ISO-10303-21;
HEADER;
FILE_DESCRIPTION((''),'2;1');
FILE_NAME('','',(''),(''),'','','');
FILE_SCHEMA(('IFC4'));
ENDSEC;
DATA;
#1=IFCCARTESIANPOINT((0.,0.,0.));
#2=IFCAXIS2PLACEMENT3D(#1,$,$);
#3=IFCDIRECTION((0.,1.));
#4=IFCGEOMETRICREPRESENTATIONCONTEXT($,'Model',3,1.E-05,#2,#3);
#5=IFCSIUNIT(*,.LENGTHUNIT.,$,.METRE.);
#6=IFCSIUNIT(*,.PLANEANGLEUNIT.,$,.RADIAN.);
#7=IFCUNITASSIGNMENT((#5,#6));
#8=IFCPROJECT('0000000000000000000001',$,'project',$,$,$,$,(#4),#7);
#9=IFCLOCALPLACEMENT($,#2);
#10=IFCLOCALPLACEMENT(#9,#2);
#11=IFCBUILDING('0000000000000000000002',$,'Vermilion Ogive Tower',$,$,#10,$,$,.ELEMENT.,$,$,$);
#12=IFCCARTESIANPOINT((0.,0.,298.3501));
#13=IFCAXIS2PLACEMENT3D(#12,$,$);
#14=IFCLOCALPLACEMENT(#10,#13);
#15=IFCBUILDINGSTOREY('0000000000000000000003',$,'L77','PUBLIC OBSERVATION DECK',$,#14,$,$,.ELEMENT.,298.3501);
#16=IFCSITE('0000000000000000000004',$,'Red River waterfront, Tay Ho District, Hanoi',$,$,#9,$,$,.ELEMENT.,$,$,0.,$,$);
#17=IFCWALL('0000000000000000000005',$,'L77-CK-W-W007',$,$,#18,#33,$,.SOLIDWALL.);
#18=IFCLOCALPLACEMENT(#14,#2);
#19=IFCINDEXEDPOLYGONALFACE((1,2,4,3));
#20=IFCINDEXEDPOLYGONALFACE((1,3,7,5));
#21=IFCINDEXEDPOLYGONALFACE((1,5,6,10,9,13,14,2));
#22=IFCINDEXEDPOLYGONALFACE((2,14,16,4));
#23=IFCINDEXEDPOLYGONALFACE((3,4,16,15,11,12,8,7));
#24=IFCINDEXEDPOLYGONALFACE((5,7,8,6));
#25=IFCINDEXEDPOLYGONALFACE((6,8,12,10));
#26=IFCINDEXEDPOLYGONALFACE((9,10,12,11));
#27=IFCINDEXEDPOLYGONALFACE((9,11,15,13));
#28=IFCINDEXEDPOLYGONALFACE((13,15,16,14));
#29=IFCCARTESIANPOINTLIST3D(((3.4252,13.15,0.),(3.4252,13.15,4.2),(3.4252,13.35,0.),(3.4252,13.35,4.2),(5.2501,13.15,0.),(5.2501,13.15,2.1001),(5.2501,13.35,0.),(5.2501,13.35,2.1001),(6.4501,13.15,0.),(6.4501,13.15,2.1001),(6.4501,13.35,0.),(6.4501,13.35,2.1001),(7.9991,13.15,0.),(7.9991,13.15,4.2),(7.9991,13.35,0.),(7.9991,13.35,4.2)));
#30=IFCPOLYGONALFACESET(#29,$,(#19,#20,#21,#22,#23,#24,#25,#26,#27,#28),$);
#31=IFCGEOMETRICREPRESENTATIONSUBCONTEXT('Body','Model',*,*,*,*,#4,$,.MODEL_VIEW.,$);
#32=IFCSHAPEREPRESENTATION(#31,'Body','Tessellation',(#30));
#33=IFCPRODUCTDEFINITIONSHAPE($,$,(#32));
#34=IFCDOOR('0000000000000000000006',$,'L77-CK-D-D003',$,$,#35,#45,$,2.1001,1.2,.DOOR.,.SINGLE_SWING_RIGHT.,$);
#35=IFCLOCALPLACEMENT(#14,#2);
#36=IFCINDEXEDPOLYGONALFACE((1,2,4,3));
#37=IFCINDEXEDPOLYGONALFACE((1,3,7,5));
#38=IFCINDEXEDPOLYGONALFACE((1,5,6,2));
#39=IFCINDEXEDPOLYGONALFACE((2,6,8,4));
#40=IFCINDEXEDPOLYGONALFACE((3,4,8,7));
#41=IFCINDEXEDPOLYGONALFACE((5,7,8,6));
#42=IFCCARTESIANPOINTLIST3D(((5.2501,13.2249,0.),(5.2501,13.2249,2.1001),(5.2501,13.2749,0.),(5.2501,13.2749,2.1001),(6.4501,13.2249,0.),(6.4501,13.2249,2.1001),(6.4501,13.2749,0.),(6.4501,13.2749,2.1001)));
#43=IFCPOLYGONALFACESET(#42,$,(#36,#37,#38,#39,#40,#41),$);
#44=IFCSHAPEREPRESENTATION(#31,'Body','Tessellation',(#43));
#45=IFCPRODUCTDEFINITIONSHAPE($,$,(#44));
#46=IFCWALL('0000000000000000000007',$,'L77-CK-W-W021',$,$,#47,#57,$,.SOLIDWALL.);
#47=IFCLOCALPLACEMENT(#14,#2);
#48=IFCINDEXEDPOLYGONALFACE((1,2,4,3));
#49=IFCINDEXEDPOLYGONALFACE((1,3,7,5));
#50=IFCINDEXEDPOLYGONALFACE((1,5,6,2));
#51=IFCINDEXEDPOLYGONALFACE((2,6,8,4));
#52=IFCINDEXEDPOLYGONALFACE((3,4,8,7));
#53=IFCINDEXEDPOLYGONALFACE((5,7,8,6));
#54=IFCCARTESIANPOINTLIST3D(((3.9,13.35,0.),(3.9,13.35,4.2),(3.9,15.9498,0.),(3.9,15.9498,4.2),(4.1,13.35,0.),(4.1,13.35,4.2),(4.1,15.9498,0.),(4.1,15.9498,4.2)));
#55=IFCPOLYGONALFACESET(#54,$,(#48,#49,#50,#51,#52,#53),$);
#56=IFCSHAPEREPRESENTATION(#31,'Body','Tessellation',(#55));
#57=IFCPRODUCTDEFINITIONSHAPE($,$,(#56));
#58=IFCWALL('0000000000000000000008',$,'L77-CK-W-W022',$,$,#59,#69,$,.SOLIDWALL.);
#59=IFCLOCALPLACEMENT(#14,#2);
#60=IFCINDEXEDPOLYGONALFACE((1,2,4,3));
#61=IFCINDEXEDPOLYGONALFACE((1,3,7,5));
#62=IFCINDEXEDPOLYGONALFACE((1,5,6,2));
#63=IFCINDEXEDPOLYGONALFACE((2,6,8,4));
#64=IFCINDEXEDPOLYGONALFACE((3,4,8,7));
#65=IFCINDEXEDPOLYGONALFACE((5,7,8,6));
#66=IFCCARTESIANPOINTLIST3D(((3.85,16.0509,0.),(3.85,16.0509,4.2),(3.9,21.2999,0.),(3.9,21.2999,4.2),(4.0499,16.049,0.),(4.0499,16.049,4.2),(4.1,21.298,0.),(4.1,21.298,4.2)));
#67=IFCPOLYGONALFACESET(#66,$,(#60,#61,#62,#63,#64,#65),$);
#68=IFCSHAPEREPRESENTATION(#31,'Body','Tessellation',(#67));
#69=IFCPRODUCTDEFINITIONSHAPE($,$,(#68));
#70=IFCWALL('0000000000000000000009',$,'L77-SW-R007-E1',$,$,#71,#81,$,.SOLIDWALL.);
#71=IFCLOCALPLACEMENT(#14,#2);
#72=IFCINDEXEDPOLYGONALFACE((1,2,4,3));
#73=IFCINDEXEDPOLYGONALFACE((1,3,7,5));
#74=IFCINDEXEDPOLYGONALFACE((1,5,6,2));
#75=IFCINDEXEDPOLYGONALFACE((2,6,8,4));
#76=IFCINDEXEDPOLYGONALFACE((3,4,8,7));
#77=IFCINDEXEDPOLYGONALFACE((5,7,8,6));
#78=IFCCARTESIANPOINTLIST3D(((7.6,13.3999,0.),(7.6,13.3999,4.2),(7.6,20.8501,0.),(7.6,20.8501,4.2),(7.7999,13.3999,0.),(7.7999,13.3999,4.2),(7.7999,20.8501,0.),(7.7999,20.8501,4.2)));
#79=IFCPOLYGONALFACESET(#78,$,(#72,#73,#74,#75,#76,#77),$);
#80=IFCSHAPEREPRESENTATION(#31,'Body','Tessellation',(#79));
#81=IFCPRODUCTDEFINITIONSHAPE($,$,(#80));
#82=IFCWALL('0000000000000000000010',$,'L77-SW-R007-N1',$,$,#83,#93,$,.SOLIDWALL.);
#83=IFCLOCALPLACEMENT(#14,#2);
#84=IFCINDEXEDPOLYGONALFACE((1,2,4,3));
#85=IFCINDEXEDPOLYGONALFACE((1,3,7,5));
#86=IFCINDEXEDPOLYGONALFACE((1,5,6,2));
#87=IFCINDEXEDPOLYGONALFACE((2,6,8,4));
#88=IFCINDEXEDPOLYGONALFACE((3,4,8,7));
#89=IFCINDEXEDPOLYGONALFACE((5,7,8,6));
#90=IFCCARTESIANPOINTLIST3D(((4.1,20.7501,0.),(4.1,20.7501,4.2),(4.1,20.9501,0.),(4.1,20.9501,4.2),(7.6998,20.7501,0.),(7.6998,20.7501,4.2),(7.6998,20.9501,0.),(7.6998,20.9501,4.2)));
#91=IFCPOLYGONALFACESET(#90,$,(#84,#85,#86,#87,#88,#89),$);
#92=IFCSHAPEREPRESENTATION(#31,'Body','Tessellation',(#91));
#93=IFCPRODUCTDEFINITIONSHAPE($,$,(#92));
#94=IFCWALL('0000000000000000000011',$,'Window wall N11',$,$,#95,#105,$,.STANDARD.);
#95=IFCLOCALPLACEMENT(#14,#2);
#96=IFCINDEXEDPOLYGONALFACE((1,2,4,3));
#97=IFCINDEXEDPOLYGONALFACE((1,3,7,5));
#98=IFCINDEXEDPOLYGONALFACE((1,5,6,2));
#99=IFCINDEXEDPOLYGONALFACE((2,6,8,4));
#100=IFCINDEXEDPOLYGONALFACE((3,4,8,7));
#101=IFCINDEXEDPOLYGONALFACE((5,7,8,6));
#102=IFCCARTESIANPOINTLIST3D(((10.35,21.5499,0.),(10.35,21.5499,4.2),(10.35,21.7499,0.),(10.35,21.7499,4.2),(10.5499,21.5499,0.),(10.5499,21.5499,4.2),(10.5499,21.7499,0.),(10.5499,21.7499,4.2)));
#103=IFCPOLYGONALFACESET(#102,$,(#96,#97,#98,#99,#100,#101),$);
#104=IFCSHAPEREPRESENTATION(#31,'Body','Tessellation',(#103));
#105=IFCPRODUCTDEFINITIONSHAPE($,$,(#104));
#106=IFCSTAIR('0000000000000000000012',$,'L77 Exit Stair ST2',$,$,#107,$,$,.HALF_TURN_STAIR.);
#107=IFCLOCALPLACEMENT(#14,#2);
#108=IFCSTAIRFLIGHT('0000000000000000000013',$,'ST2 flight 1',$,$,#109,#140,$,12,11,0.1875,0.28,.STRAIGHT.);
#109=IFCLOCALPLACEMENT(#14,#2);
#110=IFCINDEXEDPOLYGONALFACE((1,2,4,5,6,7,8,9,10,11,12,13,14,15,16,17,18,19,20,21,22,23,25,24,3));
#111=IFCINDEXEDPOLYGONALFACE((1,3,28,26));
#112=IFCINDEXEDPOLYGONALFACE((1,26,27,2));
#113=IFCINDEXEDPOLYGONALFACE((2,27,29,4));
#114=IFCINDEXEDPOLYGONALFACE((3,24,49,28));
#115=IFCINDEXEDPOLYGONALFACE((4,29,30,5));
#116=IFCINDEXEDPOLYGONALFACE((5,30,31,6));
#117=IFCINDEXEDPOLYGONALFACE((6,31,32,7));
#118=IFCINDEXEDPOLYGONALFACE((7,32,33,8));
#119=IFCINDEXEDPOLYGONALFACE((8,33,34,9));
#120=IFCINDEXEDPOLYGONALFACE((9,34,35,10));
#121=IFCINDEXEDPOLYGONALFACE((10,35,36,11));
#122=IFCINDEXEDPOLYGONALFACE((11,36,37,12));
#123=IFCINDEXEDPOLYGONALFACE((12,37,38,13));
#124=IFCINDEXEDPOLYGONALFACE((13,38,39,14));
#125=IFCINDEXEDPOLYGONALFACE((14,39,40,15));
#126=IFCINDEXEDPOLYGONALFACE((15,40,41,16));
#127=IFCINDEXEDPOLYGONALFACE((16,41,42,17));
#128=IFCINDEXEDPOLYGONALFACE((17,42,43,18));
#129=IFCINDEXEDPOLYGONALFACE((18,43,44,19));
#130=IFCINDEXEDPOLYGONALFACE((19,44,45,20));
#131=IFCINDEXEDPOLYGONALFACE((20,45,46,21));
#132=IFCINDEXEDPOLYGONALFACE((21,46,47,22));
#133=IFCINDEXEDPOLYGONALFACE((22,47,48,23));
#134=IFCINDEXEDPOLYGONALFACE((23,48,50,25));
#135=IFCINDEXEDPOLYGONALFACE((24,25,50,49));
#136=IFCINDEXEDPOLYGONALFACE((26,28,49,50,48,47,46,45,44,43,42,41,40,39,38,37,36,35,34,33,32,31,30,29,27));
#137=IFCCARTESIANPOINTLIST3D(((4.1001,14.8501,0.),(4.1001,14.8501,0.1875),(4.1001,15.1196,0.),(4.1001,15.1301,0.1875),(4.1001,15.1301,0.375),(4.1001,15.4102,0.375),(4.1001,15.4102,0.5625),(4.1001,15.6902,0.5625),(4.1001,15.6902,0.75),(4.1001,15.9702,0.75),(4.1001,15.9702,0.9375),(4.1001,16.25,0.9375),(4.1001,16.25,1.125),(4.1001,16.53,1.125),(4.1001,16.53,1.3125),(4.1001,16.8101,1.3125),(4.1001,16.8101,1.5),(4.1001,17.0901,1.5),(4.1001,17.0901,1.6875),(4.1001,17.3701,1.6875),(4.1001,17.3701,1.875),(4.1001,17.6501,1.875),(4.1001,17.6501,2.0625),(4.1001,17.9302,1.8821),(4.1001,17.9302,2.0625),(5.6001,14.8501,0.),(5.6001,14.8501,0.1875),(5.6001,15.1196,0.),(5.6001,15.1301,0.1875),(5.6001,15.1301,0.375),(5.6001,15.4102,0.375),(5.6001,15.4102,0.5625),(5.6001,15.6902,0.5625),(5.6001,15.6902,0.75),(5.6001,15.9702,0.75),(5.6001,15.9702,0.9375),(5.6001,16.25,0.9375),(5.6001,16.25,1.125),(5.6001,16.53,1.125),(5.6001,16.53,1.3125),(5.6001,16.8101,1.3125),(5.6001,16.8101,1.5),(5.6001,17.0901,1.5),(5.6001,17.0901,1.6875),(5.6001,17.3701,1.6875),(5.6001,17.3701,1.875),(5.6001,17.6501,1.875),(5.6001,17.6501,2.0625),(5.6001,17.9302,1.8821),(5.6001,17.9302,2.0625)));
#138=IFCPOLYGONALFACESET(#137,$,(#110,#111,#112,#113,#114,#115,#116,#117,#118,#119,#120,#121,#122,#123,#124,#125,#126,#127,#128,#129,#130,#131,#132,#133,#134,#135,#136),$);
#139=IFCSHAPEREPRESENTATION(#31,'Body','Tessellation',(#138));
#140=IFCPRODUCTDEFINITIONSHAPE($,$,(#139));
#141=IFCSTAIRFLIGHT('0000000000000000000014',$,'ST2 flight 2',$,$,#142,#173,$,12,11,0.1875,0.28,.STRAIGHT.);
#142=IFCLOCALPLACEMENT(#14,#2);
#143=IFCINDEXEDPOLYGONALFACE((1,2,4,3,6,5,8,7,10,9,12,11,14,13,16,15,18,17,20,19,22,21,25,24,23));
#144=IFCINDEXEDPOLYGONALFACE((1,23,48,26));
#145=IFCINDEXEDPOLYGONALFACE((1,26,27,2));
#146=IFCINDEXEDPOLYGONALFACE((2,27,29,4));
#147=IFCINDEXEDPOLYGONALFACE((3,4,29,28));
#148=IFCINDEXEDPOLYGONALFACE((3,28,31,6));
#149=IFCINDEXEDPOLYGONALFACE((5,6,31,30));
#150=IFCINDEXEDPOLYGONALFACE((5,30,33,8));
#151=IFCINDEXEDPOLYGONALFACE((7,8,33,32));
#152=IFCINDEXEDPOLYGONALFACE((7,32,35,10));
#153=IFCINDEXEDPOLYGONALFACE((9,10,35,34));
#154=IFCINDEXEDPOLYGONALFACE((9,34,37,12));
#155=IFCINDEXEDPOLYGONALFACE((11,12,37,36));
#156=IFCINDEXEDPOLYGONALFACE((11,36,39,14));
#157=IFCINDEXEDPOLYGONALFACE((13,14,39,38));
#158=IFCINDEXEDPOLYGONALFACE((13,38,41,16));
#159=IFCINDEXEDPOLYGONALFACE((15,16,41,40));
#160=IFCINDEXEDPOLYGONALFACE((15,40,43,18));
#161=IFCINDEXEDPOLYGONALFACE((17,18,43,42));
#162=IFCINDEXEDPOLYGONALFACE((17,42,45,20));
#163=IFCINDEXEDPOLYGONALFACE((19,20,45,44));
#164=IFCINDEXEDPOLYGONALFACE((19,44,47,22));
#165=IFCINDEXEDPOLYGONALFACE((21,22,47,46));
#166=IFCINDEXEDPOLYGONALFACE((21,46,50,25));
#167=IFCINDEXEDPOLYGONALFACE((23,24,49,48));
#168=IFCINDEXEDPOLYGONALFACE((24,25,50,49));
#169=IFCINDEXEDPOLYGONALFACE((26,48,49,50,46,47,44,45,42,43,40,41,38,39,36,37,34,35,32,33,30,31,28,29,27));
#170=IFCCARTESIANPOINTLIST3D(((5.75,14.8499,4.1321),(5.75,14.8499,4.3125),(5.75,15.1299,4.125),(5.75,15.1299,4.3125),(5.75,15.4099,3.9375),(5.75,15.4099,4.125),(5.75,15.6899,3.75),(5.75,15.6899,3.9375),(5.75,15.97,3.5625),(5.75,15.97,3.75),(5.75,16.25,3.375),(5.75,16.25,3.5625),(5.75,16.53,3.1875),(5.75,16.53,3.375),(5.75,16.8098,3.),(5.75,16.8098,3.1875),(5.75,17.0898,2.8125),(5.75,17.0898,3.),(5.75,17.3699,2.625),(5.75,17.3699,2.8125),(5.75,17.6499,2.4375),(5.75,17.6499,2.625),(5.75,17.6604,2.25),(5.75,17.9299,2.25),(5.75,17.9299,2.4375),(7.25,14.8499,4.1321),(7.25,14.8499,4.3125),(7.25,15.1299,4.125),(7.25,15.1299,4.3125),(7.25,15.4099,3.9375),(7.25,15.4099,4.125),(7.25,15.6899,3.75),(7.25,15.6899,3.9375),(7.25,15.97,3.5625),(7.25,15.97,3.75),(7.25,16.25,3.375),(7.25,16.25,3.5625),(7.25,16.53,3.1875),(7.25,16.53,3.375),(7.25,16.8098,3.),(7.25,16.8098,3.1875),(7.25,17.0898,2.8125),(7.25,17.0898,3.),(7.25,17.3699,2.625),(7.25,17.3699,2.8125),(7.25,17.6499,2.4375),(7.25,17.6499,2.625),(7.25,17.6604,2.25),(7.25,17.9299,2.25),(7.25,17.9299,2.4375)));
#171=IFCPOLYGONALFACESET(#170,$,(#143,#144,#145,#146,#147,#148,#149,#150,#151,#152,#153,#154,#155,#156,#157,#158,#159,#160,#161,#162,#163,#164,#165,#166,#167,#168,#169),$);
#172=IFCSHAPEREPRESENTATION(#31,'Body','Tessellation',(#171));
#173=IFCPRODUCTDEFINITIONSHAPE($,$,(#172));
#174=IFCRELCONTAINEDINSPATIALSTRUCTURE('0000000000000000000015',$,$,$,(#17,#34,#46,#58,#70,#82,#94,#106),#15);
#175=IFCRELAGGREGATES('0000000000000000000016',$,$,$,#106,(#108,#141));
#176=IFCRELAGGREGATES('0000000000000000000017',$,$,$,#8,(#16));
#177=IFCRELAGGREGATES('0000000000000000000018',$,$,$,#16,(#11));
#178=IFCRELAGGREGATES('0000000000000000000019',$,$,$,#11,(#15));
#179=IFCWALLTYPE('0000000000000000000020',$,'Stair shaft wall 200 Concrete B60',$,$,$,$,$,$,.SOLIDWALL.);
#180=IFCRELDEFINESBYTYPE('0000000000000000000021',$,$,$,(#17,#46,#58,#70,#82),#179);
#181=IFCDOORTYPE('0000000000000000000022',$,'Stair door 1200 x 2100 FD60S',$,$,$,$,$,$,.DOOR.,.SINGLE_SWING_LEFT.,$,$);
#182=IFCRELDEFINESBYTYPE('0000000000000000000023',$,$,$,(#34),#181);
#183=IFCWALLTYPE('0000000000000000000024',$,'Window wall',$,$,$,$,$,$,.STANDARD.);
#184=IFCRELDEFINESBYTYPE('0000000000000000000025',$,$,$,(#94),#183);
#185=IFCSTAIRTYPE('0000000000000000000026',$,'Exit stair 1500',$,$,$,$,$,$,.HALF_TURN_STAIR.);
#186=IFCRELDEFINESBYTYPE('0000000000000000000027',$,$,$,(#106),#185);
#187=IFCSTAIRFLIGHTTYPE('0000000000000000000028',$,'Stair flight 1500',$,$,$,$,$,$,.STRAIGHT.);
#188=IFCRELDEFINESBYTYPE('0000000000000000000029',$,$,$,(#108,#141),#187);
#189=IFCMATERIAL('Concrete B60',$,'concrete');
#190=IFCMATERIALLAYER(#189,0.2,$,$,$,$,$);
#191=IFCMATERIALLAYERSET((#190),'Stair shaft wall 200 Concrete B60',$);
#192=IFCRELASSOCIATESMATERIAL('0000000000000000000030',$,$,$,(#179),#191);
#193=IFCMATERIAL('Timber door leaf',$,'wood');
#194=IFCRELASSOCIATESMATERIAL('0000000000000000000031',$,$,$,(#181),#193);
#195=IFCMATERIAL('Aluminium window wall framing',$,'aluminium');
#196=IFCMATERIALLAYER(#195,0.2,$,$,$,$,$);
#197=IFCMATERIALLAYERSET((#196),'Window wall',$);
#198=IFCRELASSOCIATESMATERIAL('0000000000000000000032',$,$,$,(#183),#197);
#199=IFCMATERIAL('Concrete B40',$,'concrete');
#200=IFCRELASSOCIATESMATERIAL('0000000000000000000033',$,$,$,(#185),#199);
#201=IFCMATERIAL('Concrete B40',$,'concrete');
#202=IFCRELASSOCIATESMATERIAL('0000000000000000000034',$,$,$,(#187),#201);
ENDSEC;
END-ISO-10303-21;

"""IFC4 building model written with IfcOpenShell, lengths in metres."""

from ifc_helpers import new_model, si_unit, direction, frame, frame_2d, origin, place, context, subcontext, project, spatial, polyline, rectangle, outline, extrude, material, layer, layer_set, type_object, element, fill, aggregate, save


model = new_model("IFC4")

# Units and contexts
model_context = context("Model", 3, precision=1e-05, world=origin(), true_north=direction((0.0, 1.0)))
body_context = subcontext(model_context, "Body", "Model", "MODEL_VIEW")
ifc_project = project(units=[si_unit("LENGTHUNIT", "METRE"), si_unit("PLANEANGLEUNIT", "RADIAN")], contexts=[model_context])

# Site, building, storey
site_placement = place(None, origin())
site = spatial("IfcSite", under=ifc_project, at=site_placement, Name="Red River waterfront, Tay Ho District, Hanoi", CompositionType="ELEMENT", RefElevation=0.0)
building_placement = place(site_placement, origin())
building = spatial("IfcBuilding", under=site, at=building_placement, Name="Vermilion Ogive Tower", CompositionType="ELEMENT")
storey_placement = place(building_placement, frame((0.0, 0.0, 298.3501)))
storey = spatial("IfcBuildingStorey", under=building, at=storey_placement, Name="L77", Description="PUBLIC OBSERVATION DECK", CompositionType="ELEMENT", Elevation=298.3501)

# Wall, opening, door
ifc_material_1 = material(Name="Concrete B60", Category="concrete")
ifc_layer_1 = layer(ifc_material_1, 0.2)
ifc_layer_set_1 = layer_set([ifc_layer_1], Name="Stair shaft wall 200 Concrete B60")
wall_type_1 = type_object("IfcWallType", Name="Stair shaft wall 200 Concrete B60", PredefinedType="SOLIDWALL", material=ifc_layer_set_1)
wall_1_placement = place(storey_placement, frame((3.425, 13.25, 0.0), z_axis=(0.0, 0.0, 1.0), x_axis=(1.0, 0.0, 0.0)))
wall_1 = element("IfcWall", 1, at=wall_1_placement, inside=storey, type_object=wall_type_1, Name="L77-CK-W-W007", PredefinedType="SOLIDWALL", context=body_context, shape_type="SweptSolid", body=[
    extrude(rectangle(XDim=4.574, YDim=0.2, at=frame_2d((2.2871, 0.0))), origin(), (0.0, 0.0, 1.0), 4.2),
])
opening_1_placement = place(wall_1_placement, frame((1.825, 0.0, 0.0)))
opening_1 = element("IfcOpeningElement", 2, at=opening_1_placement, cuts=wall_1, PredefinedType="OPENING", context=body_context, shape_type="SweptSolid", body=[
    extrude(rectangle(XDim=1.2, YDim=2.1001, at=frame_2d((0.6001, 1.05))), frame((0.0, 0.1099, 0.0), z_axis=(0.0, -1.0, 0.0), x_axis=(1.0, 0.0, 0.0)), (0.0, 0.0, 1.0), 0.22),
])
ifc_material_2 = material(Name="Timber door leaf", Category="wood")
door_type_1 = type_object("IfcDoorType", Name="Stair door 1200 x 2100 FD60S", OperationType="SINGLE_SWING_LEFT", PredefinedType="DOOR", material=ifc_material_2)
door_1_placement = place(opening_1_placement, origin())
door_1 = element("IfcDoor", 3, at=door_1_placement, inside=storey, type_object=door_type_1, Name="L77-CK-D-D003", OperationType="SINGLE_SWING_RIGHT", OverallHeight=2.1001, OverallWidth=1.2, PredefinedType="DOOR", context=body_context, shape_type="SweptSolid", body=[
    extrude(rectangle(XDim=1.2, YDim=2.1001, at=frame_2d((0.6001, 1.05))), frame((0.0, 0.0249, 0.0), z_axis=(0.0, -1.0, 0.0), x_axis=(1.0, 0.0, 0.0)), (0.0, 0.0, 1.0), 0.05),
])
fill(opening_1, door_1)

# Walls
wall_2_placement = place(storey_placement, frame((4.0, 13.3501, 0.0), z_axis=(0.0, 0.0, 1.0), x_axis=(0.0, 1.0, 0.0)))
element("IfcWall", 4, at=wall_2_placement, inside=storey, type_object=wall_type_1, Name="L77-CK-W-W021", PredefinedType="SOLIDWALL", context=body_context, shape_type="SweptSolid", body=[
    extrude(rectangle(XDim=2.5999, YDim=0.2, at=frame_2d((1.2998, 0.0))), origin(), (0.0, 0.0, 1.0), 4.2),
])
wall_3_placement = place(storey_placement, frame((3.95, 16.05, 0.0), z_axis=(0.0, 0.0, 1.0), x_axis=(0.009534, 0.999955, 0.0)))
element("IfcWall", 5, at=wall_3_placement, inside=storey, type_object=wall_type_1, Name="L77-CK-W-W022", PredefinedType="SOLIDWALL", context=body_context, shape_type="SweptSolid", body=[
    extrude(rectangle(XDim=5.2493, YDim=0.2, at=frame_2d((2.6245, 0.0))), origin(), (0.0, 0.0, 1.0), 4.2),
])
wall_4_placement = place(storey_placement, frame((7.7, 13.3999, 0.0), z_axis=(0.0, 0.0, 1.0), x_axis=(0.0, 1.0, 0.0)))
element("IfcWall", 6, at=wall_4_placement, inside=storey, type_object=wall_type_1, Name="L77-SW-R007-E1", PredefinedType="SOLIDWALL", context=body_context, shape_type="SweptSolid", body=[
    extrude(rectangle(XDim=7.4502, YDim=0.2, at=frame_2d((3.7251, 0.0))), origin(), (0.0, 0.0, 1.0), 4.2),
])
wall_5_placement = place(storey_placement, frame((4.1001, 20.8501, 0.0), z_axis=(0.0, 0.0, 1.0), x_axis=(1.0, 0.0, 0.0)))
element("IfcWall", 7, at=wall_5_placement, inside=storey, type_object=wall_type_1, Name="L77-SW-R007-N1", PredefinedType="SOLIDWALL", context=body_context, shape_type="SweptSolid", body=[
    extrude(rectangle(XDim=3.5999, YDim=0.2, at=frame_2d((1.7998, 0.0))), origin(), (0.0, 0.0, 1.0), 4.2),
])
ifc_material_3 = material(Name="Aluminium window wall framing", Category="aluminium")
ifc_layer_2 = layer(ifc_material_3, 0.2)
ifc_layer_set_2 = layer_set([ifc_layer_2], Name="Window wall")
wall_type_2 = type_object("IfcWallType", Name="Window wall", PredefinedType="STANDARD", material=ifc_layer_set_2)
wall_6_placement = place(storey_placement, frame((10.55, 21.6499, 0.0), z_axis=(0.0, 0.0, 1.0), x_axis=(-1.0, 0.0, 0.0)))
element("IfcWall", 8, at=wall_6_placement, inside=storey, type_object=wall_type_2, Name="Window wall N11", PredefinedType="STANDARD", context=body_context, shape_type="SweptSolid", body=[
    extrude(rectangle(XDim=0.2, YDim=0.2, at=frame_2d((0.1001, 0.0))), origin(), (0.0, 0.0, 1.0), 4.2),
])

# Stair, stair flights
ifc_material_4 = material(Name="Concrete B40", Category="concrete")
stair_type = type_object("IfcStairType", Name="Exit stair 1500", PredefinedType="HALF_TURN_STAIR", material=ifc_material_4)
stair_placement = place(storey_placement, origin())
stair = element("IfcStair", 9, at=stair_placement, inside=storey, type_object=stair_type, Name="L77 Exit Stair ST2", PredefinedType="HALF_TURN_STAIR")
ifc_material_5 = material(Name="Concrete B40", Category="concrete")
stair_flight_type = type_object("IfcStairFlightType", Name="Stair flight 1500", PredefinedType="STRAIGHT", material=ifc_material_5)
stair_flight_1_placement = place(storey_placement, frame((4.8501, 14.8501, 0.0), z_axis=(0.0, 0.0, 1.0), x_axis=(0.0, 1.0, 0.0)))
stair_flight_1 = element("IfcStairFlight", 10, at=stair_flight_1_placement, type_object=stair_flight_type, Name="ST2 flight 1", NumberOfRisers=12, NumberOfTreads=11, PredefinedType="STRAIGHT", RiserHeight=0.1875, TreadLength=0.28, context=body_context, shape_type="SweptSolid", body=[
    extrude(outline(polyline([(0.0, 0.0), (0.0, 0.1875), (0.28, 0.1875), (0.28, 0.375), (0.5601, 0.375), (0.5601, 0.5625), (0.8401, 0.5625), (0.8401, 0.75), (1.1201, 0.75), (1.1201, 0.9375), (1.3999, 0.9375), (1.3999, 1.125), (1.6799, 1.125), (1.6799, 1.3125), (1.96, 1.3125), (1.96, 1.5), (2.24, 1.5), (2.24, 1.6875), (2.52, 1.6875), (2.52, 1.875), (2.8, 1.875), (2.8, 2.0625), (3.0801, 2.0625), (3.0801, 2.25), (3.0801, 1.8821), (0.2695, 0.0), (0.0, 0.0)])), frame((0.0, 0.75, 0.0), z_axis=(0.0, -1.0, 0.0), x_axis=(1.0, 0.0, 0.0)), (0.0, 0.0, 1.0), 1.5),
])
stair_flight_2_placement = place(storey_placement, frame((6.5, 17.9299, 2.25), z_axis=(0.0, 0.0, 1.0), x_axis=(0.0, -1.0, 0.0)))
stair_flight_2 = element("IfcStairFlight", 11, at=stair_flight_2_placement, type_object=stair_flight_type, Name="ST2 flight 2", NumberOfRisers=12, NumberOfTreads=11, PredefinedType="STRAIGHT", RiserHeight=0.1875, TreadLength=0.28, context=body_context, shape_type="SweptSolid", body=[
    extrude(outline(polyline([(0.0, 0.0), (0.0, 0.1875), (0.28, 0.1875), (0.28, 0.375), (0.5601, 0.375), (0.5601, 0.5625), (0.8401, 0.5625), (0.8401, 0.75), (1.1201, 0.75), (1.1201, 0.9375), (1.3999, 0.9375), (1.3999, 1.125), (1.6799, 1.125), (1.6799, 1.3125), (1.96, 1.3125), (1.96, 1.5), (2.24, 1.5), (2.24, 1.6875), (2.52, 1.6875), (2.52, 1.875), (2.8, 1.875), (2.8, 2.0625), (3.0801, 2.0625), (3.0801, 2.25), (3.0801, 1.8821), (0.2695, 0.0), (0.0, 0.0)])), frame((0.0, 0.75, 0.0), z_axis=(0.0, -1.0, 0.0), x_axis=(1.0, 0.0, 0.0)), (0.0, 0.0, 1.0), 1.5),
])
aggregate(stair, [stair_flight_1, stair_flight_2])

save(model, "model.ifc")
